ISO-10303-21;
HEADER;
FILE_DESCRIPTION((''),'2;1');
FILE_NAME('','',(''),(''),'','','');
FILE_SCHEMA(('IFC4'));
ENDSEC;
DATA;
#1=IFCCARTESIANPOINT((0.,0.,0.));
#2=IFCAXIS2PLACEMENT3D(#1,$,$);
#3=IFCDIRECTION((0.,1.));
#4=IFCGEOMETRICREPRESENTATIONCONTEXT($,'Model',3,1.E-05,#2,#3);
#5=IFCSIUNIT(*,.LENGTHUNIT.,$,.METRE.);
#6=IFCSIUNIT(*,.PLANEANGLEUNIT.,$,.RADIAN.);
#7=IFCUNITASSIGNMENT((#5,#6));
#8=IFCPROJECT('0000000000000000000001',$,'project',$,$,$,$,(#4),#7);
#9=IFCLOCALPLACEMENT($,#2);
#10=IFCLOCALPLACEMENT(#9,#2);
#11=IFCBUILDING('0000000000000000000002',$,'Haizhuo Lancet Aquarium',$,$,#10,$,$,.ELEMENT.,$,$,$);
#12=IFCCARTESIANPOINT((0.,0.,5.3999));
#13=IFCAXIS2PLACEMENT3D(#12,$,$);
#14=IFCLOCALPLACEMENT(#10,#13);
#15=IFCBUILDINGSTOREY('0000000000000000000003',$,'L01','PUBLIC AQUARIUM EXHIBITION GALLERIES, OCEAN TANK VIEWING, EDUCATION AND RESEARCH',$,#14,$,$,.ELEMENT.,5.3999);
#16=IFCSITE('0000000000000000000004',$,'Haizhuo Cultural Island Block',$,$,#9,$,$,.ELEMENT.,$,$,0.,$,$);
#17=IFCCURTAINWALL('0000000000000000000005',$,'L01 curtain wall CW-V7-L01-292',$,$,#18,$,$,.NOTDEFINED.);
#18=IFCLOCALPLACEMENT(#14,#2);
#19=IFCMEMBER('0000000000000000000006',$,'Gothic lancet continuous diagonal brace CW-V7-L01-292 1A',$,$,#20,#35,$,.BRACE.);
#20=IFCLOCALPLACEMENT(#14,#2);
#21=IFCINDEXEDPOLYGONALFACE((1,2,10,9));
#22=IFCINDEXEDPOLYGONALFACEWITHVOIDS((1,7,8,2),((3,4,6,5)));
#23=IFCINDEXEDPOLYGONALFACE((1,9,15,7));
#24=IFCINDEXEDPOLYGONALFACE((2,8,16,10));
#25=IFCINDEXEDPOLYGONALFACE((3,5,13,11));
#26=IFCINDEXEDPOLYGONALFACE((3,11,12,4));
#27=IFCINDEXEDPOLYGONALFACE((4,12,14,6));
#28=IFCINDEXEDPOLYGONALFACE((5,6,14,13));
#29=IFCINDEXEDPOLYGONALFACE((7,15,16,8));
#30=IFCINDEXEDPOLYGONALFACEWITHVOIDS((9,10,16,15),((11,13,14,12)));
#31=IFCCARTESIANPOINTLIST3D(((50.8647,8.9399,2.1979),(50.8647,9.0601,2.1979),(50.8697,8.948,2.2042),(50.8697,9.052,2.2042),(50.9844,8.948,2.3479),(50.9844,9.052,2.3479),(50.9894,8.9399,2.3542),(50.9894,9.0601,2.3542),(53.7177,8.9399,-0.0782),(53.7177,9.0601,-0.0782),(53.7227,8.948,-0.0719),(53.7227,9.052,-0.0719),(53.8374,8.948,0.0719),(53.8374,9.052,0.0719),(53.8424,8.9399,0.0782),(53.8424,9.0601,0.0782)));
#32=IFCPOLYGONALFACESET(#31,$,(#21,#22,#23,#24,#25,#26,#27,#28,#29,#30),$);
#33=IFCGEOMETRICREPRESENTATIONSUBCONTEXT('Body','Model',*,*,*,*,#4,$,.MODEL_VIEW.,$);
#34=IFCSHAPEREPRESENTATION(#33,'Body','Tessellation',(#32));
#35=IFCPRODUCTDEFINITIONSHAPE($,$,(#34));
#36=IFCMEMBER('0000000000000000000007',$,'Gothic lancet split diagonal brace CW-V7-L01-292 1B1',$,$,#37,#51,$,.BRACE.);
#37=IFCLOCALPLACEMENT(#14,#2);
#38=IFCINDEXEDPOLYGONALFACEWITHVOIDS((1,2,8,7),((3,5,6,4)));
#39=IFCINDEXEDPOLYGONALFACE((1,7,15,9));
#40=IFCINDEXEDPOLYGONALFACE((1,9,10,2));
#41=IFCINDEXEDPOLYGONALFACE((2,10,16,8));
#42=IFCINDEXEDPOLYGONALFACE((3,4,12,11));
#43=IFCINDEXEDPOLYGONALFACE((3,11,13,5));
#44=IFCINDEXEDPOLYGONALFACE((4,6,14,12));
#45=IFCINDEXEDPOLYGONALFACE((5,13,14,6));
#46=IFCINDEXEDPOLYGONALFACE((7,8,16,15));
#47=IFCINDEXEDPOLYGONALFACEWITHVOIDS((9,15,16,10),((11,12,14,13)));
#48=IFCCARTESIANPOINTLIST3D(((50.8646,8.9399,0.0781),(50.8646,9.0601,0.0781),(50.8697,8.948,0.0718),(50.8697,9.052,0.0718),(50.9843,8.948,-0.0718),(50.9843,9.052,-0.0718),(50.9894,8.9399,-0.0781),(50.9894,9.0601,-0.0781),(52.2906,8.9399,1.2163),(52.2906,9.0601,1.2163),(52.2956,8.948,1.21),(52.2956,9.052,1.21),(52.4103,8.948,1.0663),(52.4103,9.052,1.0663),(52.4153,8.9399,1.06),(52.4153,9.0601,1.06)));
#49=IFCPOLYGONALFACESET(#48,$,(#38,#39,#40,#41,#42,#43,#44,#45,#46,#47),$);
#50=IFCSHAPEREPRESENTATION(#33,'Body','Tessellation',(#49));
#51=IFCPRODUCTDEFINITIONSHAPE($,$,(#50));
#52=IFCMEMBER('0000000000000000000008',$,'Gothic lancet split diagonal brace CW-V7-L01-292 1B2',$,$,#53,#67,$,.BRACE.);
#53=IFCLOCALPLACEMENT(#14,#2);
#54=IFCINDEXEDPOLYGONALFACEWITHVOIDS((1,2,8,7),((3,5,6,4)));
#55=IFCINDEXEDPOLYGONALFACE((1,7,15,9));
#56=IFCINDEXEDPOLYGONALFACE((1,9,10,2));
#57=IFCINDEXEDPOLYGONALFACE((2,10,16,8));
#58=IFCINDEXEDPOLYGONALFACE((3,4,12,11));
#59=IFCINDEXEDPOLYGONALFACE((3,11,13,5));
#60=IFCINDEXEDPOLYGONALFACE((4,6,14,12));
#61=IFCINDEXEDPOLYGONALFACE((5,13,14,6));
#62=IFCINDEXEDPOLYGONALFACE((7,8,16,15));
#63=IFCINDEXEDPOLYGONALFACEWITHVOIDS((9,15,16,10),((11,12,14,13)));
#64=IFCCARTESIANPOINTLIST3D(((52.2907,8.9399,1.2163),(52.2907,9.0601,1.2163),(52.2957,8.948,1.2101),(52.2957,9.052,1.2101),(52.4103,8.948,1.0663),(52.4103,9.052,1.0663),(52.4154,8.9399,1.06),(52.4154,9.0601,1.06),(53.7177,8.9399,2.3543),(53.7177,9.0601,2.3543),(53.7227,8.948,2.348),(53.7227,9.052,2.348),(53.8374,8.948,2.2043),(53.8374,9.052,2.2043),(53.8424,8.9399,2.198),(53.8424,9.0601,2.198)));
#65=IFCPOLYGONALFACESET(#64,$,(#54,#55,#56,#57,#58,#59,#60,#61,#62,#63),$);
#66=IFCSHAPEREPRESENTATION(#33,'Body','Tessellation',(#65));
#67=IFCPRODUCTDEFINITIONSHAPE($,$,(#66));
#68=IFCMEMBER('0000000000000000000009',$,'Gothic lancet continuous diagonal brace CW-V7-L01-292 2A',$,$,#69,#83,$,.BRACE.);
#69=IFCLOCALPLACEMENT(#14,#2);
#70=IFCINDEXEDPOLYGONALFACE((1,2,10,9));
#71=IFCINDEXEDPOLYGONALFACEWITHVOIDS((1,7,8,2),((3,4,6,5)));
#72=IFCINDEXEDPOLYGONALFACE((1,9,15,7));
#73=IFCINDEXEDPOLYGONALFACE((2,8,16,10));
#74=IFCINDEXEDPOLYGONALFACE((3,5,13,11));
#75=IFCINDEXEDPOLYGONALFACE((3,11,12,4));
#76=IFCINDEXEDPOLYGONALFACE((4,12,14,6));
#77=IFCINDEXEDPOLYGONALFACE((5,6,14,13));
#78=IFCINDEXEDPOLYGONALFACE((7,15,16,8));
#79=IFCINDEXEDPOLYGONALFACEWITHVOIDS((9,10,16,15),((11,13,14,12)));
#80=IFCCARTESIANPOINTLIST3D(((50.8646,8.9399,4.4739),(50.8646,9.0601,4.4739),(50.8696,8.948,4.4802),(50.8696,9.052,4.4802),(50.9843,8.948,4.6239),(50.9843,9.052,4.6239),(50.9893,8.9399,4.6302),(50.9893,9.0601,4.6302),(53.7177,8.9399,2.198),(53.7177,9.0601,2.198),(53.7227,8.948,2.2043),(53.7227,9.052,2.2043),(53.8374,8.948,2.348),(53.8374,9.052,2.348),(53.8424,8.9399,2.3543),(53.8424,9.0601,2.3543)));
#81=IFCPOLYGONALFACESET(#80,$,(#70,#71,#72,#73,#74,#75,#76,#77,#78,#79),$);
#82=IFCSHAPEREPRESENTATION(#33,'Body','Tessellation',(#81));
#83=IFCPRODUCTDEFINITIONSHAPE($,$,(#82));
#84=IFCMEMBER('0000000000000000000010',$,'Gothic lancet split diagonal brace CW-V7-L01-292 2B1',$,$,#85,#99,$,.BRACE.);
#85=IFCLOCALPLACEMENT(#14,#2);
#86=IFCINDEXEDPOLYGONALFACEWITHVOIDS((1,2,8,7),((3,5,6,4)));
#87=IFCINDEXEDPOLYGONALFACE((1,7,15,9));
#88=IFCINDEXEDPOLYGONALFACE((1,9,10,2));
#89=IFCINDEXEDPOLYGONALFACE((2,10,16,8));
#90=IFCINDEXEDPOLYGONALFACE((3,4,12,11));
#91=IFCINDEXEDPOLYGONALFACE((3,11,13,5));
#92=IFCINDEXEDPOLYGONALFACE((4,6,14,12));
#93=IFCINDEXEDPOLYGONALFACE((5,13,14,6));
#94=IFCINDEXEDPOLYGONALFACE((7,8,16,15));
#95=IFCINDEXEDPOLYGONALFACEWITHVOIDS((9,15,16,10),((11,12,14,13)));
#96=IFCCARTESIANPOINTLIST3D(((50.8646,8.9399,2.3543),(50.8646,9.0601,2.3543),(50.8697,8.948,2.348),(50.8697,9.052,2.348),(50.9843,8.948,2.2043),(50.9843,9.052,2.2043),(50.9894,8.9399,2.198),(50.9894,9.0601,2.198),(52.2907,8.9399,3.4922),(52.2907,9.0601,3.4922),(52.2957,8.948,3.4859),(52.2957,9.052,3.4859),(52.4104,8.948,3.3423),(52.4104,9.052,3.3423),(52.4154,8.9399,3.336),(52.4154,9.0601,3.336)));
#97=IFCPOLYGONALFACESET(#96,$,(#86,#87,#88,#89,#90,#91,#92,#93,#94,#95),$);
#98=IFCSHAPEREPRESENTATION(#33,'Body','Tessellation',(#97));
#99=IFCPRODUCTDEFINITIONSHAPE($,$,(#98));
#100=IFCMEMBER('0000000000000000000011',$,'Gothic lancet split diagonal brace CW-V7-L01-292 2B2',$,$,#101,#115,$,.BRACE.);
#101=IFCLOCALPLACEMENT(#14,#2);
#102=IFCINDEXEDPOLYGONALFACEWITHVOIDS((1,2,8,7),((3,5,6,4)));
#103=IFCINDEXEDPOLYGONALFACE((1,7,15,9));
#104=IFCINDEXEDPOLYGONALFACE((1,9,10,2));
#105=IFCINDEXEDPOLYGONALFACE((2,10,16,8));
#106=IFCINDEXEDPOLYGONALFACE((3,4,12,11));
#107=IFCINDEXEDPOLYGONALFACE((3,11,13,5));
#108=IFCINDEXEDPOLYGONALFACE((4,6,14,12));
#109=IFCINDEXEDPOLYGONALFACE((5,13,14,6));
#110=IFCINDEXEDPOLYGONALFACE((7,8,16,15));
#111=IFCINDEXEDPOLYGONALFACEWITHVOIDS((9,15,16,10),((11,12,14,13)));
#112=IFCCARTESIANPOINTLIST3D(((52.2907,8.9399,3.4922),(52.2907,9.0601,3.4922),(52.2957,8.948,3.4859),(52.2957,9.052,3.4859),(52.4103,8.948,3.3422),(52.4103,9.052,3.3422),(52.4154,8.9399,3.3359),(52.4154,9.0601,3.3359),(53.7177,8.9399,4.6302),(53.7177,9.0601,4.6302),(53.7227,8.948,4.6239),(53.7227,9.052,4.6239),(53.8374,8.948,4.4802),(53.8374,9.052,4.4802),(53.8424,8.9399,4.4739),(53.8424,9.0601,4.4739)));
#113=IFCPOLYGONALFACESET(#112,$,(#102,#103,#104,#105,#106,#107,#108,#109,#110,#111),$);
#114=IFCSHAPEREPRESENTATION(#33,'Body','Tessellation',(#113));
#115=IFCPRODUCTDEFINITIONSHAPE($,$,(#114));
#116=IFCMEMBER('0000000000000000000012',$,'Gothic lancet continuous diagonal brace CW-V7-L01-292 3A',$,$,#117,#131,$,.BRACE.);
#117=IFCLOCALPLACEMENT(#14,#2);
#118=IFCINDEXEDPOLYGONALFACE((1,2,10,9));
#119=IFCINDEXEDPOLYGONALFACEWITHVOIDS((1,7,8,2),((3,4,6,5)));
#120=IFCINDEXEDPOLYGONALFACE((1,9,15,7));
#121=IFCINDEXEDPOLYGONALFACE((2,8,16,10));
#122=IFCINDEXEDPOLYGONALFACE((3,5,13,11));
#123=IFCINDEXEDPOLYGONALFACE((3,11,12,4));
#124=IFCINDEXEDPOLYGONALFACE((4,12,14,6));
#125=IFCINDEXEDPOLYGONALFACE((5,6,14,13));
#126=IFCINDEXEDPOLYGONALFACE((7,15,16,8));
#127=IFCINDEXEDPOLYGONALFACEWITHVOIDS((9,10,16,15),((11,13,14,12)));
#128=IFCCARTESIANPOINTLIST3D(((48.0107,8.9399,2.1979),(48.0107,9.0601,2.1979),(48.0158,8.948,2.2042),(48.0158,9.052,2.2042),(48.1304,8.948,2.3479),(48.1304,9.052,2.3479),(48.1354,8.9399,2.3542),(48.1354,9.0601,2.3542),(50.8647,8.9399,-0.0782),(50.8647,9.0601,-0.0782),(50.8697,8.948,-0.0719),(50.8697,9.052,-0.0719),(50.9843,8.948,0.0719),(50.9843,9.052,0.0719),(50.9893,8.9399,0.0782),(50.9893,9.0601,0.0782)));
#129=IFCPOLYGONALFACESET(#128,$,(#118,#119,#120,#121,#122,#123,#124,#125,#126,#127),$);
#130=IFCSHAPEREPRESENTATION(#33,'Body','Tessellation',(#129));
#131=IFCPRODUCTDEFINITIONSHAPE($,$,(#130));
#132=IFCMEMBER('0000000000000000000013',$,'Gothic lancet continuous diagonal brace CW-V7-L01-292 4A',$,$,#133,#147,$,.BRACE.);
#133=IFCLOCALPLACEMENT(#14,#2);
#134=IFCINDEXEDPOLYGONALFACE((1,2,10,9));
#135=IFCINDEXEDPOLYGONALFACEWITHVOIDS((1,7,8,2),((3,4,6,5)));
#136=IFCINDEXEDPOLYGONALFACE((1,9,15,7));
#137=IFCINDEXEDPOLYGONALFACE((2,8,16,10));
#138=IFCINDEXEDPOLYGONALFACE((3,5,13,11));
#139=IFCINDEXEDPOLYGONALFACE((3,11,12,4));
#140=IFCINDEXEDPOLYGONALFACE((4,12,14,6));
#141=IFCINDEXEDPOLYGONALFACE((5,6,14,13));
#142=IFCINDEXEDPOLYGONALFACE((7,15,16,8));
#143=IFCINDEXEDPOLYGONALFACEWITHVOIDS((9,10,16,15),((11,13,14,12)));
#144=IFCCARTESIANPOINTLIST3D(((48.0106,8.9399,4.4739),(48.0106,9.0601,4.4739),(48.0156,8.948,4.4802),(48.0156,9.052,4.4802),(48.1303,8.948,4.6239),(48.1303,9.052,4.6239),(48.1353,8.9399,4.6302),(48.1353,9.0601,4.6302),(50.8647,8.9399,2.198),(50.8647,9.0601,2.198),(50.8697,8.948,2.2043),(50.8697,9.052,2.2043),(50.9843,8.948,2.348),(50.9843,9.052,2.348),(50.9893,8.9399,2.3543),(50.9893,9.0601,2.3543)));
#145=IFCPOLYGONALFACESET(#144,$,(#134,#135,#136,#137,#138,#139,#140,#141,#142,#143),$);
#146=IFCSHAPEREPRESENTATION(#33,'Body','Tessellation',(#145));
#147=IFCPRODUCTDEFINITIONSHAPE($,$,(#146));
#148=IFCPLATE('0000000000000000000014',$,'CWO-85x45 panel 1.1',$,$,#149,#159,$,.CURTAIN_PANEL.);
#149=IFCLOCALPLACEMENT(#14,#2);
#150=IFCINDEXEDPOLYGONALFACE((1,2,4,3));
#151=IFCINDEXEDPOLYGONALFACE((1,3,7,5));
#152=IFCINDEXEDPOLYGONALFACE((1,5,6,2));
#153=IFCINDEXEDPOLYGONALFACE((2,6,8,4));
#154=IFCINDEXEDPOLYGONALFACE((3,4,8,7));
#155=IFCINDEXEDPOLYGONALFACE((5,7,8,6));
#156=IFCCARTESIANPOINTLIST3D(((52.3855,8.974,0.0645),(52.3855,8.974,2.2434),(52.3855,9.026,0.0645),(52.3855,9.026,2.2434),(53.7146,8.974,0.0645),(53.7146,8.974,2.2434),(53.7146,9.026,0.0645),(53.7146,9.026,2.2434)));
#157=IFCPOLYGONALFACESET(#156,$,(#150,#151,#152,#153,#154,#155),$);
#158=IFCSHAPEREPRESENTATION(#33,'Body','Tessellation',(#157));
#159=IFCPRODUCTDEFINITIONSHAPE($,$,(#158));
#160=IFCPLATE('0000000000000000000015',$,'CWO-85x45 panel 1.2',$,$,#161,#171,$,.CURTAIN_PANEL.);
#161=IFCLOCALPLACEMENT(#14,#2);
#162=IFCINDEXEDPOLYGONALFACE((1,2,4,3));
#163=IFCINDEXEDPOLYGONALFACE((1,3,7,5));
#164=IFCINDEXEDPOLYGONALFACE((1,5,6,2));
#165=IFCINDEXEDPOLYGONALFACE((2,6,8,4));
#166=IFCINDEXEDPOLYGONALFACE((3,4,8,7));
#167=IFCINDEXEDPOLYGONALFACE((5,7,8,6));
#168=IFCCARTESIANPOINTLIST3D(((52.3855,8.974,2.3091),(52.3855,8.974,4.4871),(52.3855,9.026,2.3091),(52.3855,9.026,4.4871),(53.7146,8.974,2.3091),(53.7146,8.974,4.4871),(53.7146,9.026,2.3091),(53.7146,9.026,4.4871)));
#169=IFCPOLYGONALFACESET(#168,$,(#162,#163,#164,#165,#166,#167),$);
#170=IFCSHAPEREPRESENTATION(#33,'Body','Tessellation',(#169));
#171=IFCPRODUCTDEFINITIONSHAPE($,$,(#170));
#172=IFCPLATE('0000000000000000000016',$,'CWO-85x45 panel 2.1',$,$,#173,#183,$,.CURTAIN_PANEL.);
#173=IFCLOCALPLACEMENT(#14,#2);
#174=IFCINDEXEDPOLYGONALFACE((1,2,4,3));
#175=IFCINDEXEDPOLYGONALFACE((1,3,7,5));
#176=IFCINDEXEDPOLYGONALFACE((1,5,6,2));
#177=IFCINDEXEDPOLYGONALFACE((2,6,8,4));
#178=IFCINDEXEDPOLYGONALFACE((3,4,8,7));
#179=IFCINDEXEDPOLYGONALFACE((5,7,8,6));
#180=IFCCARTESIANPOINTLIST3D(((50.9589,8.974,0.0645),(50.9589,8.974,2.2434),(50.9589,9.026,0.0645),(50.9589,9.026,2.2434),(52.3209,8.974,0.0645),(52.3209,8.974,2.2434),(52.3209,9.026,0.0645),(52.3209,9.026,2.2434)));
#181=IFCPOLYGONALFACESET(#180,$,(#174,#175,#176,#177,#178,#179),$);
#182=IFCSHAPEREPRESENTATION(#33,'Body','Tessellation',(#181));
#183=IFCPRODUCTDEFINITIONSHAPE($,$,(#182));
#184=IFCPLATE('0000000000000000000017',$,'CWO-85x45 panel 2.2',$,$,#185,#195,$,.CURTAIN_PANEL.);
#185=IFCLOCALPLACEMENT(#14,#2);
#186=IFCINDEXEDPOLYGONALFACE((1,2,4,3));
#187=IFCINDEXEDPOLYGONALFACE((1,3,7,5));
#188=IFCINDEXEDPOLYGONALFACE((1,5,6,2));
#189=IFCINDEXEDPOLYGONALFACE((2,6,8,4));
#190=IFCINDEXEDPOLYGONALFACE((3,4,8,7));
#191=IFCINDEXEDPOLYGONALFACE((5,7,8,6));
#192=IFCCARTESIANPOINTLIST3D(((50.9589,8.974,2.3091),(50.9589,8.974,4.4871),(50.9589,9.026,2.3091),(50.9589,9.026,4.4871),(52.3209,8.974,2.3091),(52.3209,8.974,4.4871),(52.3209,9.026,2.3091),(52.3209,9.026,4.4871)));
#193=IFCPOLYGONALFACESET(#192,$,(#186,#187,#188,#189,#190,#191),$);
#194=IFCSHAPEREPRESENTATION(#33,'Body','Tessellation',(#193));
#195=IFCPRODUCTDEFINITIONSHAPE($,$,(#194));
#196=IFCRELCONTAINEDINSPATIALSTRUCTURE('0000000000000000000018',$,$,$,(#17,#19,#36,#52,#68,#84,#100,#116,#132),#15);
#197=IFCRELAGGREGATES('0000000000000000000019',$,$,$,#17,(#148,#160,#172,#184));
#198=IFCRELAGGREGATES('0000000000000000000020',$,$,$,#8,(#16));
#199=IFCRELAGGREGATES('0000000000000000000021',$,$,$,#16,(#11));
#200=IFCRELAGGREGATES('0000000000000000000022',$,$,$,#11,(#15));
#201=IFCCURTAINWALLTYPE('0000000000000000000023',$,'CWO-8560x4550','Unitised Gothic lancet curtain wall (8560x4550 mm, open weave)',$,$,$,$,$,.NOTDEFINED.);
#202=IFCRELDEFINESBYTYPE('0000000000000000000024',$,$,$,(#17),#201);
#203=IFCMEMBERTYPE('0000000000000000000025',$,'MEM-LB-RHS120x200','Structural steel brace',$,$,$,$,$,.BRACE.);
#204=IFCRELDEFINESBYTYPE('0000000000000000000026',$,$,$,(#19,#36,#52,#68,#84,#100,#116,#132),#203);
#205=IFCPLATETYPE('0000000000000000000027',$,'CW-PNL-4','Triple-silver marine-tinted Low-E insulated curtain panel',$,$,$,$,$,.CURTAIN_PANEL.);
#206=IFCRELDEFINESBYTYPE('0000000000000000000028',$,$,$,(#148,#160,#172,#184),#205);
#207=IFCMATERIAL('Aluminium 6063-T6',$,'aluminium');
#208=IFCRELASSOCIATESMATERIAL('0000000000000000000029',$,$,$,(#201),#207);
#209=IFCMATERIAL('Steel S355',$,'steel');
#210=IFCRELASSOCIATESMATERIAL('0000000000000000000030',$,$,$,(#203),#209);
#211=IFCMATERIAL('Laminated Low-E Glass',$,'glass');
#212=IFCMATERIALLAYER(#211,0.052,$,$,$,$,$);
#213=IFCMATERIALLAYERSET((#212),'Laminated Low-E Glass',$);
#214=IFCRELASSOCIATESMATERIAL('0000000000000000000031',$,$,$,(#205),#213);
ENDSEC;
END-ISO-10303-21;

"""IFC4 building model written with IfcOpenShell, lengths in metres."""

from ifc_helpers import new_model, si_unit, direction, frame, origin, origin_2d, place, context, subcontext, project, spatial, rectangle, hollow_rectangle, extrude, material, layer, layer_set, material_profile, profile_set, type_object, element, aggregate, save


model = new_model("IFC4")

# Units and contexts
model_context = context("Model", 3, precision=1e-05, world=origin(), true_north=direction((0.0, 1.0)))
body_context = subcontext(model_context, "Body", "Model", "MODEL_VIEW")
ifc_project = project(units=[si_unit("LENGTHUNIT", "METRE"), si_unit("PLANEANGLEUNIT", "RADIAN")], contexts=[model_context])

# Site, building, storey
site_placement = place(None, origin())
site = spatial("IfcSite", under=ifc_project, at=site_placement, Name="Haizhuo Cultural Island Block", CompositionType="ELEMENT", RefElevation=0.0)
building_placement = place(site_placement, origin())
building = spatial("IfcBuilding", under=site, at=building_placement, Name="Haizhuo Lancet Aquarium", CompositionType="ELEMENT")
storey_placement = place(building_placement, frame((0.0, 0.0, 5.3999)))
storey = spatial("IfcBuildingStorey", under=building, at=storey_placement, Name="L01", Description="PUBLIC AQUARIUM EXHIBITION GALLERIES, OCEAN TANK VIEWING, EDUCATION AND RESEARCH", CompositionType="ELEMENT", Elevation=5.3999)

# Curtain wall
ifc_material_1 = material(Name="Aluminium 6063-T6", Category="aluminium")
curtain_wall_type = type_object("IfcCurtainWallType", Name="CWO-8560x4550", Description="Unitised Gothic lancet curtain wall (8560x4550 mm, open weave)", PredefinedType="NOTDEFINED", material=ifc_material_1)
curtain_wall_placement = place(storey_placement, origin())
curtain_wall = element("IfcCurtainWall", 1, at=curtain_wall_placement, inside=storey, type_object=curtain_wall_type, Name="L01 curtain wall CW-V7-L01-292", PredefinedType="NOTDEFINED")

# Members
ifc_material_2 = material(Name="Steel S355", Category="steel")
ifc_material_profile_1 = material_profile(ifc_material_2, hollow_rectangle(XDim=0.1201, YDim=0.2, WallThickness=0.0081, at=origin_2d()), Name="RHS 120x200x8")
ifc_profile_set_1 = profile_set([ifc_material_profile_1], Name="Steel S355")
member_type_1 = type_object("IfcMemberType", Name="MEM-LB-RHS120x200", Description="Structural steel brace", PredefinedType="BRACE", material=ifc_profile_set_1)
member_1_placement = place(storey_placement, frame((53.78, 9.0, 0.0), z_axis=(-0.78171, 0.0, 0.623642), x_axis=(0.0, -1.0, 0.0)))
element("IfcMember", 2, at=member_1_placement, inside=storey, type_object=member_type_1, Name="Gothic lancet continuous diagonal brace CW-V7-L01-292 1A", PredefinedType="BRACE", context=body_context, shape_type="SweptSolid", body=[
    extrude(hollow_rectangle(XDim=0.1201, YDim=0.2, WallThickness=0.0081, at=origin_2d()), origin(), (0.0, 0.0, 1.0), 3.6497),
])
member_2_placement = place(storey_placement, frame((50.927, 9.0, 0.0), z_axis=(0.781573, 0.0, 0.623813), x_axis=(0.0, 1.0, 0.0)))
element("IfcMember", 3, at=member_2_placement, inside=storey, type_object=member_type_1, Name="Gothic lancet split diagonal brace CW-V7-L01-292 1B1", PredefinedType="BRACE", context=body_context, shape_type="SweptSolid", body=[
    extrude(hollow_rectangle(XDim=0.1201, YDim=0.2, WallThickness=0.0081, at=origin_2d()), origin(), (0.0, 0.0, 1.0), 1.8245),
])
member_3_placement = place(storey_placement, frame((52.353, 9.0, 1.1382), z_axis=(0.781847, 0.0, 0.623471), x_axis=(0.0, 1.0, 0.0)))
element("IfcMember", 4, at=member_3_placement, inside=storey, type_object=member_type_1, Name="Gothic lancet split diagonal brace CW-V7-L01-292 1B2", PredefinedType="BRACE", context=body_context, shape_type="SweptSolid", body=[
    extrude(hollow_rectangle(XDim=0.1201, YDim=0.2, WallThickness=0.0081, at=origin_2d()), origin(), (0.0, 0.0, 1.0), 1.8252),
])
member_4_placement = place(storey_placement, frame((53.78, 9.0, 2.2761), z_axis=(-0.781743, 0.0, 0.623601), x_axis=(0.0, -1.0, 0.0)))
element("IfcMember", 5, at=member_4_placement, inside=storey, type_object=member_type_1, Name="Gothic lancet continuous diagonal brace CW-V7-L01-292 2A", PredefinedType="BRACE", context=body_context, shape_type="SweptSolid", body=[
    extrude(hollow_rectangle(XDim=0.1201, YDim=0.2, WallThickness=0.0081, at=origin_2d()), origin(), (0.0, 0.0, 1.0), 3.6497),
])
member_5_placement = place(storey_placement, frame((50.927, 9.0, 2.2761), z_axis=(0.781638, 0.0, 0.623732), x_axis=(0.0, 1.0, 0.0)))
element("IfcMember", 6, at=member_5_placement, inside=storey, type_object=member_type_1, Name="Gothic lancet split diagonal brace CW-V7-L01-292 2B1", PredefinedType="BRACE", context=body_context, shape_type="SweptSolid", body=[
    extrude(hollow_rectangle(XDim=0.1201, YDim=0.2, WallThickness=0.0081, at=origin_2d()), origin(), (0.0, 0.0, 1.0), 1.8245),
])
member_6_placement = place(storey_placement, frame((52.353, 9.0, 3.4141), z_axis=(0.781847, 0.0, 0.623471), x_axis=(0.0, 1.0, 0.0)))
element("IfcMember", 7, at=member_6_placement, inside=storey, type_object=member_type_1, Name="Gothic lancet split diagonal brace CW-V7-L01-292 2B2", PredefinedType="BRACE", context=body_context, shape_type="SweptSolid", body=[
    extrude(hollow_rectangle(XDim=0.1201, YDim=0.2, WallThickness=0.0081, at=origin_2d()), origin(), (0.0, 0.0, 1.0), 1.8252),
])
for number, where, z_axis, x_axis, name in (
    (8, (50.927, 9.0, 0.0), (-0.781814, 0.0, 0.623512), (0.0, -1.0, 0.0), "Gothic lancet continuous diagonal brace CW-V7-L01-292 3A"),
    (9, (50.927, 9.0, 2.2761), (-0.781847, 0.0, 0.623471), (0.0, -1.0, 0.0), "Gothic lancet continuous diagonal brace CW-V7-L01-292 4A"),
):
    element("IfcMember", number, at=place(storey_placement, frame(where, z_axis=z_axis, x_axis=x_axis)), inside=storey, type_object=member_type_1, Name=name, PredefinedType="BRACE", context=body_context, shape_type="SweptSolid", body=[
        extrude(hollow_rectangle(XDim=0.1201, YDim=0.2, WallThickness=0.0081, at=origin_2d()), origin(), (0.0, 0.0, 1.0), 3.6504),
    ])

# Plates
ifc_material_3 = material(Name="Laminated Low-E Glass", Category="glass")
ifc_layer = layer(ifc_material_3, 0.052)
ifc_layer_set = layer_set([ifc_layer], Name="Laminated Low-E Glass")
plate_type = type_object("IfcPlateType", Name="CW-PNL-4", Description="Triple-silver marine-tinted Low-E insulated curtain panel", PredefinedType="CURTAIN_PANEL", material=ifc_layer_set)
plate_1_placement = place(storey_placement, frame((53.05, 9.0, 0.0645), z_axis=(0.0, 0.0, 1.0), x_axis=(-1.0, 0.0, 0.0)))
plate_1 = element("IfcPlate", 10, at=plate_1_placement, type_object=plate_type, Name="CWO-85x45 panel 1.1", PredefinedType="CURTAIN_PANEL", context=body_context, shape_type="SweptSolid", body=[
    extrude(rectangle(XDim=1.3291, YDim=0.052, at=origin_2d()), origin(), (0.0, 0.0, 1.0), 2.179),
])
plate_2_placement = place(storey_placement, frame((53.05, 9.0, 2.3091), z_axis=(0.0, 0.0, 1.0), x_axis=(-1.0, 0.0, 0.0)))
plate_2 = element("IfcPlate", 11, at=plate_2_placement, type_object=plate_type, Name="CWO-85x45 panel 1.2", PredefinedType="CURTAIN_PANEL", context=body_context, shape_type="SweptSolid", body=[
    extrude(rectangle(XDim=1.3291, YDim=0.052, at=origin_2d()), origin(), (0.0, 0.0, 1.0), 2.178),
])
plate_3_placement = place(storey_placement, frame((51.6399, 9.0, 0.0645), z_axis=(0.0, 0.0, 1.0), x_axis=(-1.0, 0.0, 0.0)))
plate_3 = element("IfcPlate", 12, at=plate_3_placement, type_object=plate_type, Name="CWO-85x45 panel 2.1", PredefinedType="CURTAIN_PANEL", context=body_context, shape_type="SweptSolid", body=[
    extrude(rectangle(XDim=1.3621, YDim=0.052, at=origin_2d()), origin(), (0.0, 0.0, 1.0), 2.179),
])
plate_4_placement = place(storey_placement, frame((51.6399, 9.0, 2.3091), z_axis=(0.0, 0.0, 1.0), x_axis=(-1.0, 0.0, 0.0)))
plate_4 = element("IfcPlate", 13, at=plate_4_placement, type_object=plate_type, Name="CWO-85x45 panel 2.2", PredefinedType="CURTAIN_PANEL", context=body_context, shape_type="SweptSolid", body=[
    extrude(rectangle(XDim=1.3621, YDim=0.052, at=origin_2d()), origin(), (0.0, 0.0, 1.0), 2.178),
])
aggregate(curtain_wall, [plate_1, plate_2, plate_3, plate_4])

save(model, "model.ifc")
